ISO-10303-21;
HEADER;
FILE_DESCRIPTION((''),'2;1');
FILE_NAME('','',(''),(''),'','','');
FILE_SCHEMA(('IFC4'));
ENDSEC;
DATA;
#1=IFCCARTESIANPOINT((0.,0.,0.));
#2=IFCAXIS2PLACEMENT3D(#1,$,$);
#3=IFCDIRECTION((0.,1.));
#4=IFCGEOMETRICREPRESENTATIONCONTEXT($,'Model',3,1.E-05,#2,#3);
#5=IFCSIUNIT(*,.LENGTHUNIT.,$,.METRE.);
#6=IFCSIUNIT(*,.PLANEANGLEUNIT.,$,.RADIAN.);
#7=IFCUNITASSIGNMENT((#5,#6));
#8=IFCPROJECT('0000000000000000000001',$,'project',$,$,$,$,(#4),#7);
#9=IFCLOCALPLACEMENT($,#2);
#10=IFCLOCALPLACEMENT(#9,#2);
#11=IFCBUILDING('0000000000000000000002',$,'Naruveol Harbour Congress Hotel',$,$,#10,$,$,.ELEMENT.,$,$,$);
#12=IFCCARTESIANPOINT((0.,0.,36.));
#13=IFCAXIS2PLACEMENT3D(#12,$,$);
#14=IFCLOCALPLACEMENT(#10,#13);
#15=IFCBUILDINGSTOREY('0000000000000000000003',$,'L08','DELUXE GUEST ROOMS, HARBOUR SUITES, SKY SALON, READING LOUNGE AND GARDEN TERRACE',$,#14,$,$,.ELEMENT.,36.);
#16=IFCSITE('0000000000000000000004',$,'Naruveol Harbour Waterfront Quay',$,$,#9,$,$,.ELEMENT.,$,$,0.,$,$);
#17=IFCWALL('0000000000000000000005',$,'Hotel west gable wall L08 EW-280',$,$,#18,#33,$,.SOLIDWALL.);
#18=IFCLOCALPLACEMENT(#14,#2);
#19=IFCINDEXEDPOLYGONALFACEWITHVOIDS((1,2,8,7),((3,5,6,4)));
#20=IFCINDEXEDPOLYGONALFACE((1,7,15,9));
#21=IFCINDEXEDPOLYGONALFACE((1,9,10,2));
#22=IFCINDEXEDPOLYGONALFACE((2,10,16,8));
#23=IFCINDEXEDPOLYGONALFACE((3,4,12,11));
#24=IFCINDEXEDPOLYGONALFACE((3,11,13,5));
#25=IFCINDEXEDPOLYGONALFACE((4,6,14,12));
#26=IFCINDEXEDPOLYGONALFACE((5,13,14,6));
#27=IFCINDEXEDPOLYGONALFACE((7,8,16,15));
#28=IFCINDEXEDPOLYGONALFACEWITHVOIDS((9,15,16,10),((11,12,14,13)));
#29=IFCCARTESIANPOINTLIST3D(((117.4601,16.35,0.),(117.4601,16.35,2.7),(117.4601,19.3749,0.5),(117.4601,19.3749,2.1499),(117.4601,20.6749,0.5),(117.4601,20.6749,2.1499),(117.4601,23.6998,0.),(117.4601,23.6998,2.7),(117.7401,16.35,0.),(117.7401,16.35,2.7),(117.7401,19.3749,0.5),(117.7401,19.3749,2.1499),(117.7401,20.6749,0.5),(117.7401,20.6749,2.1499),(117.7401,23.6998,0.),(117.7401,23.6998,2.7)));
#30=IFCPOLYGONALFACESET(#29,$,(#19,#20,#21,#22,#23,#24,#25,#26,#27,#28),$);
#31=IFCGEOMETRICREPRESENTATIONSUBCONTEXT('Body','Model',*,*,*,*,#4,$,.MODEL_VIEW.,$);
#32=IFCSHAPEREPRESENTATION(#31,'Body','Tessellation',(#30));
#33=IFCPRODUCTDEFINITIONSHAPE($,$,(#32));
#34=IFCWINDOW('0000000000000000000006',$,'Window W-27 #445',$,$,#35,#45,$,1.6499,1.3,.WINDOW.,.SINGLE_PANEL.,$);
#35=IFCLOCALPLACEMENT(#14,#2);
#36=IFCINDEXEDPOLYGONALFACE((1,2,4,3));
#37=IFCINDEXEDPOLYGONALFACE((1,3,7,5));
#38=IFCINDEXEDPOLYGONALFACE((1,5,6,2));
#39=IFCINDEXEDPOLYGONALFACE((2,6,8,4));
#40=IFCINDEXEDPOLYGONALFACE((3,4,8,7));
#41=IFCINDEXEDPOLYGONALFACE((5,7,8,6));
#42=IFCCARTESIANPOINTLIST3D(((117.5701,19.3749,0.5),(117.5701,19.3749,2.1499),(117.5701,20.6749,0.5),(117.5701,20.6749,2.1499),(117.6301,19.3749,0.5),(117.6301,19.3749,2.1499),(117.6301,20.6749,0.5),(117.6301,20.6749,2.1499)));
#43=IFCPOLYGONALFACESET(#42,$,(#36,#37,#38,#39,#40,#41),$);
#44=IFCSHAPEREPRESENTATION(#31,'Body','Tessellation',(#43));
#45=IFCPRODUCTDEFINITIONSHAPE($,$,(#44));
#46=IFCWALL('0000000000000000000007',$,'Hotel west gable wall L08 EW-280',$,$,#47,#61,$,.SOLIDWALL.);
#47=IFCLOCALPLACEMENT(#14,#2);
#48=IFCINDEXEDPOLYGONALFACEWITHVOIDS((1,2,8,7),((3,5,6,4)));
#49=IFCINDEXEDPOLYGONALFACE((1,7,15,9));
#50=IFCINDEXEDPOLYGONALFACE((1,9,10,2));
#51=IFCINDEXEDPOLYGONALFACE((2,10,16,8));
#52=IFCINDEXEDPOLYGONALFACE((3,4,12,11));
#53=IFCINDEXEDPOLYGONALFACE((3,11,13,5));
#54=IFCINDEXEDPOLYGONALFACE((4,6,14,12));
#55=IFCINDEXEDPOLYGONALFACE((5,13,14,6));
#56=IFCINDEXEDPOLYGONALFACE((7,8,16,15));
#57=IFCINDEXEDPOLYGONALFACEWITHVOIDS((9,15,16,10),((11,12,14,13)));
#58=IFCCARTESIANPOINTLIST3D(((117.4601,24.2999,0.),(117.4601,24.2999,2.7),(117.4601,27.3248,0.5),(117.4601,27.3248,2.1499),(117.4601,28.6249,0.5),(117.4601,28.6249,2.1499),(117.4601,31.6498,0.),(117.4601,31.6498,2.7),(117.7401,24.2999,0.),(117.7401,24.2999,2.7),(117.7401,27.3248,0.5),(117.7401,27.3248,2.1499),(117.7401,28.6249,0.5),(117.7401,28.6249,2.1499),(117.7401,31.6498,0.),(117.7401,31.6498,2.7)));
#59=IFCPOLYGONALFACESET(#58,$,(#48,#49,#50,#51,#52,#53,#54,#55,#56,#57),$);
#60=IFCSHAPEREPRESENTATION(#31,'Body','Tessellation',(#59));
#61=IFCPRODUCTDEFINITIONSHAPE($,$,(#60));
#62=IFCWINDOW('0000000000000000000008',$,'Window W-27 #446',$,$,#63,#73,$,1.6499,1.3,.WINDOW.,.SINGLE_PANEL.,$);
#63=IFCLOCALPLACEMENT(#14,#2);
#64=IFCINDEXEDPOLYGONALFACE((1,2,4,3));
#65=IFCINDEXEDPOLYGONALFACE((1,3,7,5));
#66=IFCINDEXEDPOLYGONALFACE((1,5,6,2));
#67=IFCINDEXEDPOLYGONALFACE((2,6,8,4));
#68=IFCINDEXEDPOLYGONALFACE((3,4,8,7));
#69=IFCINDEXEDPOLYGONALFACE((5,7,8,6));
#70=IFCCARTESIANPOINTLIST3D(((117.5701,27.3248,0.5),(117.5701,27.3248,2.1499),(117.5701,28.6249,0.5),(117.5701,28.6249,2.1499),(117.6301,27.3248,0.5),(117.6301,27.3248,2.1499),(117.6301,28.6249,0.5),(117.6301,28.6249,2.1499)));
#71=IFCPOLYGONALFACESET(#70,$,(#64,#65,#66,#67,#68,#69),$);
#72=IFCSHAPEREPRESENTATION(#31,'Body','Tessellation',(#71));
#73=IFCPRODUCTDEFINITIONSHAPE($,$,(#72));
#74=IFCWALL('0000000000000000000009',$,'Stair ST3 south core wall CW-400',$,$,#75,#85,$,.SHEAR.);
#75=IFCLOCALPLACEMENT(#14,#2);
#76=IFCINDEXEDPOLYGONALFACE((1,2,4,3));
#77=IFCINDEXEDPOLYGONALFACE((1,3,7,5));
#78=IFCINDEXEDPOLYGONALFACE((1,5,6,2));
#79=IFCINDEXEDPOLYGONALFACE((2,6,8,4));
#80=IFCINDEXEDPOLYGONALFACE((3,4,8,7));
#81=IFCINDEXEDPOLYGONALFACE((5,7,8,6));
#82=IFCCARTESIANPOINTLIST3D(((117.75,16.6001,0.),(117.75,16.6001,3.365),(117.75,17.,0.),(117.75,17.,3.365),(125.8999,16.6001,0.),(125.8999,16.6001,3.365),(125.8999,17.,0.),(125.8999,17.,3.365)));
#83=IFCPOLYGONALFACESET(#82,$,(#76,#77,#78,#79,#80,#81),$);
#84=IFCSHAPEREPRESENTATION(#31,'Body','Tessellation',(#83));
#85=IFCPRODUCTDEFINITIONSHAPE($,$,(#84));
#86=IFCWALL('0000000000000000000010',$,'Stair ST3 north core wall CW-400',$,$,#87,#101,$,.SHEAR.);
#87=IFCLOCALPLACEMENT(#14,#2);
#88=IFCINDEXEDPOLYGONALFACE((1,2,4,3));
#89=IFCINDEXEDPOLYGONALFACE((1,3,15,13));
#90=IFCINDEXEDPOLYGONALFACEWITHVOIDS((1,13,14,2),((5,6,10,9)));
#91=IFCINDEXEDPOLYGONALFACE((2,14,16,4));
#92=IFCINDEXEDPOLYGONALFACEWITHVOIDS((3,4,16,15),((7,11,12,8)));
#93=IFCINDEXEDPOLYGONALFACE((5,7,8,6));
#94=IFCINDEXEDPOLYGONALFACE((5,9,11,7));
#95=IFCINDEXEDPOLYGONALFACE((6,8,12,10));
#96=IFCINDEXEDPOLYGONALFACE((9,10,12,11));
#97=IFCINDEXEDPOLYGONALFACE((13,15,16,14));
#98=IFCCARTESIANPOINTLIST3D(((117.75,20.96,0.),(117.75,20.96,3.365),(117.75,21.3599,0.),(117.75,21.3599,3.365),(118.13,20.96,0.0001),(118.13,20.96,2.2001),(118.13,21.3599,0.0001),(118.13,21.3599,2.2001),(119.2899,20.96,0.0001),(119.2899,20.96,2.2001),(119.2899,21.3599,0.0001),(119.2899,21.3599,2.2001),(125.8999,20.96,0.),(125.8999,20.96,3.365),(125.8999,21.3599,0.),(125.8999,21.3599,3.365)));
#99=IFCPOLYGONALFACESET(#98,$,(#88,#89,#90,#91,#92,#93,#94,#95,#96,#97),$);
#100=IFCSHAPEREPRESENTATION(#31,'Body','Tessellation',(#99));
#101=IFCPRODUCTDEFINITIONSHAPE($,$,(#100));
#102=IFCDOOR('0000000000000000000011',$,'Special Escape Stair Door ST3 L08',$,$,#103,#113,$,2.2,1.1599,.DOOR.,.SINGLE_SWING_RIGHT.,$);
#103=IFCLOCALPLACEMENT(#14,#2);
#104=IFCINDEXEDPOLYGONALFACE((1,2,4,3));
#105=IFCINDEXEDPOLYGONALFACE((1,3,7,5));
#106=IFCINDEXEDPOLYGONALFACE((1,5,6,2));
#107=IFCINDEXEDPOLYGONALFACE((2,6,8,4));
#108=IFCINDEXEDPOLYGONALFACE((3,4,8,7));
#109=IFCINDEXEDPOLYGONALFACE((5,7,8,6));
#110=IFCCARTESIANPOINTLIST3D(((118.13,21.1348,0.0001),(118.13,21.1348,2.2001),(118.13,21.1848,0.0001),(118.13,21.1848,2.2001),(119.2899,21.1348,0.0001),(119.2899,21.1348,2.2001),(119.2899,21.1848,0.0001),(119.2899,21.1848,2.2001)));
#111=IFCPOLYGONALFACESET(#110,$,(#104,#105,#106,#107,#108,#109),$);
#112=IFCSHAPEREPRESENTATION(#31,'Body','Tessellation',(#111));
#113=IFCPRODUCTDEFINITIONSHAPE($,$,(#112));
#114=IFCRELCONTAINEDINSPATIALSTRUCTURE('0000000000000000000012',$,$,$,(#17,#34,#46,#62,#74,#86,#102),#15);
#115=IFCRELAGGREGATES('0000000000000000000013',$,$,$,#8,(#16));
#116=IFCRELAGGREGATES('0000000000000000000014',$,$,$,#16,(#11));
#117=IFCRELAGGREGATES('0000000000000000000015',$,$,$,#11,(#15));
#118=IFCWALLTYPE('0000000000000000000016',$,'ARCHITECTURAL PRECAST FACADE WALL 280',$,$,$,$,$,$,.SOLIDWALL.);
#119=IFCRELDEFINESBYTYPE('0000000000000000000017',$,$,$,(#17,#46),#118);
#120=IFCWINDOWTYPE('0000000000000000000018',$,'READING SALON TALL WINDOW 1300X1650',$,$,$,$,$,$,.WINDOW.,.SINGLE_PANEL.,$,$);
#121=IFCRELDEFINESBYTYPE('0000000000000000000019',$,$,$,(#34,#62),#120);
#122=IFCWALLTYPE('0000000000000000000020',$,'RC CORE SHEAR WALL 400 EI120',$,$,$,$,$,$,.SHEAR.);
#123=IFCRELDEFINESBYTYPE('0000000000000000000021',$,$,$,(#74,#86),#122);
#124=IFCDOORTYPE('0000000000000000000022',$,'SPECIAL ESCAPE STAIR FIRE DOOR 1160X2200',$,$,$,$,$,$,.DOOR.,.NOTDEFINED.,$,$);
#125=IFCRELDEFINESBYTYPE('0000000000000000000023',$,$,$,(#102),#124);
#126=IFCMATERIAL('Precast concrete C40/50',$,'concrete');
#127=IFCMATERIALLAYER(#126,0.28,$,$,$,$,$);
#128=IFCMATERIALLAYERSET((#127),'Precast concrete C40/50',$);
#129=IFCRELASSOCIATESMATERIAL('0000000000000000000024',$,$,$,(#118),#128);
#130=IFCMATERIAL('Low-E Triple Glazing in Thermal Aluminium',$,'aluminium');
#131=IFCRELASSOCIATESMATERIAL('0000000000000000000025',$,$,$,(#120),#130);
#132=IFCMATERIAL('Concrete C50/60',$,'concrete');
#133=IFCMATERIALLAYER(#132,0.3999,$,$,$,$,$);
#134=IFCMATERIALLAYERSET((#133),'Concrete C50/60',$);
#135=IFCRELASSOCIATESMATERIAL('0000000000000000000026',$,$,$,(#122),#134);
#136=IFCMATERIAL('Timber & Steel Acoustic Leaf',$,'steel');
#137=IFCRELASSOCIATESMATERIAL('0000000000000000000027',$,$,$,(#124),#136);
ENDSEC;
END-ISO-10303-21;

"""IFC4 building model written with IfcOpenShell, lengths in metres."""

from ifc_helpers import new_model, si_unit, direction, frame, frame_2d, origin, place, context, subcontext, project, spatial, rectangle, extrude, material, layer, layer_set, type_object, element, fill, save


model = new_model("IFC4")

# Units and contexts
model_context = context("Model", 3, precision=1e-05, world=origin(), true_north=direction((0.0, 1.0)))
body_context = subcontext(model_context, "Body", "Model", "MODEL_VIEW")
ifc_project = project(units=[si_unit("LENGTHUNIT", "METRE"), si_unit("PLANEANGLEUNIT", "RADIAN")], contexts=[model_context])

# Site, building, storey
site_placement = place(None, origin())
site = spatial("IfcSite", under=ifc_project, at=site_placement, Name="Naruveol Harbour Waterfront Quay", CompositionType="ELEMENT", RefElevation=0.0)
building_placement = place(site_placement, origin())
building = spatial("IfcBuilding", under=site, at=building_placement, Name="Naruveol Harbour Congress Hotel", CompositionType="ELEMENT")
storey_placement = place(building_placement, frame((0.0, 0.0, 36.0)))
storey = spatial("IfcBuildingStorey", under=building, at=storey_placement, Name="L08", Description="DELUXE GUEST ROOMS, HARBOUR SUITES, SKY SALON, READING LOUNGE AND GARDEN TERRACE", CompositionType="ELEMENT", Elevation=36.0)

# Walls, openings, windows
ifc_material_1 = material(Name="Precast concrete C40/50", Category="concrete")
ifc_layer_1 = layer(ifc_material_1, 0.28)
ifc_layer_set_1 = layer_set([ifc_layer_1], Name="Precast concrete C40/50")
wall_type_1 = type_object("IfcWallType", Name="ARCHITECTURAL PRECAST FACADE WALL 280", PredefinedType="SOLIDWALL", material=ifc_layer_set_1)
ifc_material_2 = material(Name="Low-E Triple Glazing in Thermal Aluminium", Category="aluminium")
window_type = type_object("IfcWindowType", Name="READING SALON TALL WINDOW 1300X1650", PartitioningType="SINGLE_PANEL", PredefinedType="WINDOW", material=ifc_material_2)
wall_1_placement = place(storey_placement, frame((117.6001, 16.3501, 0.0), z_axis=(0.0, 0.0, 1.0), x_axis=(0.0, 1.0, 0.0)))
wall_1 = element("IfcWall", 1, at=wall_1_placement, inside=storey, type_object=wall_type_1, Name="Hotel west gable wall L08 EW-280", PredefinedType="SOLIDWALL", context=body_context, shape_type="SweptSolid", body=[
    extrude(rectangle(XDim=7.3499, YDim=0.28, at=frame_2d((3.6748, 0.0))), origin(), (0.0, 0.0, 1.0), 2.7),
])
opening_1_placement = place(wall_1_placement, frame((3.0249, 0.0, 0.5)))
opening_1 = element("IfcOpeningElement", 2, at=opening_1_placement, cuts=wall_1, PredefinedType="OPENING", context=body_context, shape_type="SweptSolid", body=[
    extrude(rectangle(XDim=1.3, YDim=1.6499, at=frame_2d((0.6499, 0.825))), frame((0.0, 0.1499, 0.0), z_axis=(0.0, -1.0, 0.0), x_axis=(1.0, 0.0, 0.0)), (0.0, 0.0, 1.0), 0.3),
])
window_1_placement = place(opening_1_placement, origin())
window_1 = element("IfcWindow", 3, at=window_1_placement, inside=storey, type_object=window_type, Name="Window W-27 #445", OverallHeight=1.6499, OverallWidth=1.3, PartitioningType="SINGLE_PANEL", PredefinedType="WINDOW", context=body_context, shape_type="SweptSolid", body=[
    extrude(rectangle(XDim=1.3, YDim=1.6499, at=frame_2d((0.6499, 0.825))), frame((0.0, 0.03, 0.0), z_axis=(0.0, -1.0, 0.0), x_axis=(1.0, 0.0, 0.0)), (0.0, 0.0, 1.0), 0.0601),
])
fill(opening_1, window_1)
wall_2_placement = place(storey_placement, frame((117.6001, 24.3, 0.0), z_axis=(0.0, 0.0, 1.0), x_axis=(0.0, 1.0, 0.0)))
wall_2 = element("IfcWall", 4, at=wall_2_placement, inside=storey, type_object=wall_type_1, Name="Hotel west gable wall L08 EW-280", PredefinedType="SOLIDWALL", context=body_context, shape_type="SweptSolid", body=[
    extrude(rectangle(XDim=7.3499, YDim=0.28, at=frame_2d((3.6748, 0.0))), origin(), (0.0, 0.0, 1.0), 2.7),
])
opening_2_placement = place(wall_2_placement, frame((3.0249, 0.0, 0.5)))
opening_2 = element("IfcOpeningElement", 5, at=opening_2_placement, cuts=wall_2, PredefinedType="OPENING", context=body_context, shape_type="SweptSolid", body=[
    extrude(rectangle(XDim=1.3, YDim=1.6499, at=frame_2d((0.6499, 0.825))), frame((0.0, 0.1499, 0.0), z_axis=(0.0, -1.0, 0.0), x_axis=(1.0, 0.0, 0.0)), (0.0, 0.0, 1.0), 0.3),
])
window_2_placement = place(opening_2_placement, origin())
window_2 = element("IfcWindow", 6, at=window_2_placement, inside=storey, type_object=window_type, Name="Window W-27 #446", OverallHeight=1.6499, OverallWidth=1.3, PartitioningType="SINGLE_PANEL", PredefinedType="WINDOW", context=body_context, shape_type="SweptSolid", body=[
    extrude(rectangle(XDim=1.3, YDim=1.6499, at=frame_2d((0.6499, 0.825))), frame((0.0, 0.03, 0.0), z_axis=(0.0, -1.0, 0.0), x_axis=(1.0, 0.0, 0.0)), (0.0, 0.0, 1.0), 0.0601),
])
fill(opening_2, window_2)

# Wall
ifc_material_3 = material(Name="Concrete C50/60", Category="concrete")
ifc_layer_2 = layer(ifc_material_3, 0.3999)
ifc_layer_set_2 = layer_set([ifc_layer_2], Name="Concrete C50/60")
wall_type_2 = type_object("IfcWallType", Name="RC CORE SHEAR WALL 400 EI120", PredefinedType="SHEAR", material=ifc_layer_set_2)
wall_3_placement = place(storey_placement, frame((117.75, 16.8, 0.0), z_axis=(0.0, 0.0, 1.0), x_axis=(1.0, 0.0, 0.0)))
element("IfcWall", 7, at=wall_3_placement, inside=storey, type_object=wall_type_2, Name="Stair ST3 south core wall CW-400", PredefinedType="SHEAR", context=body_context, shape_type="SweptSolid", body=[
    extrude(rectangle(XDim=8.1499, YDim=0.3999, at=frame_2d((4.075, 0.0))), origin(), (0.0, 0.0, 1.0), 3.365),
])

# Wall, opening, door
wall_4_placement = place(storey_placement, frame((117.75, 21.1599, 0.0), z_axis=(0.0, 0.0, 1.0), x_axis=(1.0, 0.0, 0.0)))
wall_4 = element("IfcWall", 8, at=wall_4_placement, inside=storey, type_object=wall_type_2, Name="Stair ST3 north core wall CW-400", PredefinedType="SHEAR", context=body_context, shape_type="SweptSolid", body=[
    extrude(rectangle(XDim=8.1499, YDim=0.3999, at=frame_2d((4.075, 0.0))), origin(), (0.0, 0.0, 1.0), 3.365),
])
opening_3_placement = place(wall_4_placement, frame((0.3799, 0.0, 0.0)))
opening_3 = element("IfcOpeningElement", 9, at=opening_3_placement, cuts=wall_4, PredefinedType="OPENING", context=body_context, shape_type="SweptSolid", body=[
    extrude(rectangle(XDim=1.1599, YDim=2.2, at=frame_2d((0.5801, 1.1001))), frame((0.0, 0.21, 0.0), z_axis=(0.0, -1.0, 0.0), x_axis=(1.0, 0.0, 0.0)), (0.0, 0.0, 1.0), 0.4199),
])
ifc_material_4 = material(Name="Timber & Steel Acoustic Leaf", Category="steel")
door_type = type_object("IfcDoorType", Name="SPECIAL ESCAPE STAIR FIRE DOOR 1160X2200", OperationType="NOTDEFINED", PredefinedType="DOOR", material=ifc_material_4)
door_placement = place(opening_3_placement, origin())
door = element("IfcDoor", 10, at=door_placement, inside=storey, type_object=door_type, Name="Special Escape Stair Door ST3 L08", OperationType="SINGLE_SWING_RIGHT", OverallHeight=2.2, OverallWidth=1.1599, PredefinedType="DOOR", context=body_context, shape_type="SweptSolid", body=[
    extrude(rectangle(XDim=1.1599, YDim=2.2, at=frame_2d((0.5801, 1.1001))), frame((0.0, 0.0249, 0.0), z_axis=(0.0, -1.0, 0.0), x_axis=(1.0, 0.0, 0.0)), (0.0, 0.0, 1.0), 0.05),
])
fill(opening_3, door)

save(model, "model.ifc")
